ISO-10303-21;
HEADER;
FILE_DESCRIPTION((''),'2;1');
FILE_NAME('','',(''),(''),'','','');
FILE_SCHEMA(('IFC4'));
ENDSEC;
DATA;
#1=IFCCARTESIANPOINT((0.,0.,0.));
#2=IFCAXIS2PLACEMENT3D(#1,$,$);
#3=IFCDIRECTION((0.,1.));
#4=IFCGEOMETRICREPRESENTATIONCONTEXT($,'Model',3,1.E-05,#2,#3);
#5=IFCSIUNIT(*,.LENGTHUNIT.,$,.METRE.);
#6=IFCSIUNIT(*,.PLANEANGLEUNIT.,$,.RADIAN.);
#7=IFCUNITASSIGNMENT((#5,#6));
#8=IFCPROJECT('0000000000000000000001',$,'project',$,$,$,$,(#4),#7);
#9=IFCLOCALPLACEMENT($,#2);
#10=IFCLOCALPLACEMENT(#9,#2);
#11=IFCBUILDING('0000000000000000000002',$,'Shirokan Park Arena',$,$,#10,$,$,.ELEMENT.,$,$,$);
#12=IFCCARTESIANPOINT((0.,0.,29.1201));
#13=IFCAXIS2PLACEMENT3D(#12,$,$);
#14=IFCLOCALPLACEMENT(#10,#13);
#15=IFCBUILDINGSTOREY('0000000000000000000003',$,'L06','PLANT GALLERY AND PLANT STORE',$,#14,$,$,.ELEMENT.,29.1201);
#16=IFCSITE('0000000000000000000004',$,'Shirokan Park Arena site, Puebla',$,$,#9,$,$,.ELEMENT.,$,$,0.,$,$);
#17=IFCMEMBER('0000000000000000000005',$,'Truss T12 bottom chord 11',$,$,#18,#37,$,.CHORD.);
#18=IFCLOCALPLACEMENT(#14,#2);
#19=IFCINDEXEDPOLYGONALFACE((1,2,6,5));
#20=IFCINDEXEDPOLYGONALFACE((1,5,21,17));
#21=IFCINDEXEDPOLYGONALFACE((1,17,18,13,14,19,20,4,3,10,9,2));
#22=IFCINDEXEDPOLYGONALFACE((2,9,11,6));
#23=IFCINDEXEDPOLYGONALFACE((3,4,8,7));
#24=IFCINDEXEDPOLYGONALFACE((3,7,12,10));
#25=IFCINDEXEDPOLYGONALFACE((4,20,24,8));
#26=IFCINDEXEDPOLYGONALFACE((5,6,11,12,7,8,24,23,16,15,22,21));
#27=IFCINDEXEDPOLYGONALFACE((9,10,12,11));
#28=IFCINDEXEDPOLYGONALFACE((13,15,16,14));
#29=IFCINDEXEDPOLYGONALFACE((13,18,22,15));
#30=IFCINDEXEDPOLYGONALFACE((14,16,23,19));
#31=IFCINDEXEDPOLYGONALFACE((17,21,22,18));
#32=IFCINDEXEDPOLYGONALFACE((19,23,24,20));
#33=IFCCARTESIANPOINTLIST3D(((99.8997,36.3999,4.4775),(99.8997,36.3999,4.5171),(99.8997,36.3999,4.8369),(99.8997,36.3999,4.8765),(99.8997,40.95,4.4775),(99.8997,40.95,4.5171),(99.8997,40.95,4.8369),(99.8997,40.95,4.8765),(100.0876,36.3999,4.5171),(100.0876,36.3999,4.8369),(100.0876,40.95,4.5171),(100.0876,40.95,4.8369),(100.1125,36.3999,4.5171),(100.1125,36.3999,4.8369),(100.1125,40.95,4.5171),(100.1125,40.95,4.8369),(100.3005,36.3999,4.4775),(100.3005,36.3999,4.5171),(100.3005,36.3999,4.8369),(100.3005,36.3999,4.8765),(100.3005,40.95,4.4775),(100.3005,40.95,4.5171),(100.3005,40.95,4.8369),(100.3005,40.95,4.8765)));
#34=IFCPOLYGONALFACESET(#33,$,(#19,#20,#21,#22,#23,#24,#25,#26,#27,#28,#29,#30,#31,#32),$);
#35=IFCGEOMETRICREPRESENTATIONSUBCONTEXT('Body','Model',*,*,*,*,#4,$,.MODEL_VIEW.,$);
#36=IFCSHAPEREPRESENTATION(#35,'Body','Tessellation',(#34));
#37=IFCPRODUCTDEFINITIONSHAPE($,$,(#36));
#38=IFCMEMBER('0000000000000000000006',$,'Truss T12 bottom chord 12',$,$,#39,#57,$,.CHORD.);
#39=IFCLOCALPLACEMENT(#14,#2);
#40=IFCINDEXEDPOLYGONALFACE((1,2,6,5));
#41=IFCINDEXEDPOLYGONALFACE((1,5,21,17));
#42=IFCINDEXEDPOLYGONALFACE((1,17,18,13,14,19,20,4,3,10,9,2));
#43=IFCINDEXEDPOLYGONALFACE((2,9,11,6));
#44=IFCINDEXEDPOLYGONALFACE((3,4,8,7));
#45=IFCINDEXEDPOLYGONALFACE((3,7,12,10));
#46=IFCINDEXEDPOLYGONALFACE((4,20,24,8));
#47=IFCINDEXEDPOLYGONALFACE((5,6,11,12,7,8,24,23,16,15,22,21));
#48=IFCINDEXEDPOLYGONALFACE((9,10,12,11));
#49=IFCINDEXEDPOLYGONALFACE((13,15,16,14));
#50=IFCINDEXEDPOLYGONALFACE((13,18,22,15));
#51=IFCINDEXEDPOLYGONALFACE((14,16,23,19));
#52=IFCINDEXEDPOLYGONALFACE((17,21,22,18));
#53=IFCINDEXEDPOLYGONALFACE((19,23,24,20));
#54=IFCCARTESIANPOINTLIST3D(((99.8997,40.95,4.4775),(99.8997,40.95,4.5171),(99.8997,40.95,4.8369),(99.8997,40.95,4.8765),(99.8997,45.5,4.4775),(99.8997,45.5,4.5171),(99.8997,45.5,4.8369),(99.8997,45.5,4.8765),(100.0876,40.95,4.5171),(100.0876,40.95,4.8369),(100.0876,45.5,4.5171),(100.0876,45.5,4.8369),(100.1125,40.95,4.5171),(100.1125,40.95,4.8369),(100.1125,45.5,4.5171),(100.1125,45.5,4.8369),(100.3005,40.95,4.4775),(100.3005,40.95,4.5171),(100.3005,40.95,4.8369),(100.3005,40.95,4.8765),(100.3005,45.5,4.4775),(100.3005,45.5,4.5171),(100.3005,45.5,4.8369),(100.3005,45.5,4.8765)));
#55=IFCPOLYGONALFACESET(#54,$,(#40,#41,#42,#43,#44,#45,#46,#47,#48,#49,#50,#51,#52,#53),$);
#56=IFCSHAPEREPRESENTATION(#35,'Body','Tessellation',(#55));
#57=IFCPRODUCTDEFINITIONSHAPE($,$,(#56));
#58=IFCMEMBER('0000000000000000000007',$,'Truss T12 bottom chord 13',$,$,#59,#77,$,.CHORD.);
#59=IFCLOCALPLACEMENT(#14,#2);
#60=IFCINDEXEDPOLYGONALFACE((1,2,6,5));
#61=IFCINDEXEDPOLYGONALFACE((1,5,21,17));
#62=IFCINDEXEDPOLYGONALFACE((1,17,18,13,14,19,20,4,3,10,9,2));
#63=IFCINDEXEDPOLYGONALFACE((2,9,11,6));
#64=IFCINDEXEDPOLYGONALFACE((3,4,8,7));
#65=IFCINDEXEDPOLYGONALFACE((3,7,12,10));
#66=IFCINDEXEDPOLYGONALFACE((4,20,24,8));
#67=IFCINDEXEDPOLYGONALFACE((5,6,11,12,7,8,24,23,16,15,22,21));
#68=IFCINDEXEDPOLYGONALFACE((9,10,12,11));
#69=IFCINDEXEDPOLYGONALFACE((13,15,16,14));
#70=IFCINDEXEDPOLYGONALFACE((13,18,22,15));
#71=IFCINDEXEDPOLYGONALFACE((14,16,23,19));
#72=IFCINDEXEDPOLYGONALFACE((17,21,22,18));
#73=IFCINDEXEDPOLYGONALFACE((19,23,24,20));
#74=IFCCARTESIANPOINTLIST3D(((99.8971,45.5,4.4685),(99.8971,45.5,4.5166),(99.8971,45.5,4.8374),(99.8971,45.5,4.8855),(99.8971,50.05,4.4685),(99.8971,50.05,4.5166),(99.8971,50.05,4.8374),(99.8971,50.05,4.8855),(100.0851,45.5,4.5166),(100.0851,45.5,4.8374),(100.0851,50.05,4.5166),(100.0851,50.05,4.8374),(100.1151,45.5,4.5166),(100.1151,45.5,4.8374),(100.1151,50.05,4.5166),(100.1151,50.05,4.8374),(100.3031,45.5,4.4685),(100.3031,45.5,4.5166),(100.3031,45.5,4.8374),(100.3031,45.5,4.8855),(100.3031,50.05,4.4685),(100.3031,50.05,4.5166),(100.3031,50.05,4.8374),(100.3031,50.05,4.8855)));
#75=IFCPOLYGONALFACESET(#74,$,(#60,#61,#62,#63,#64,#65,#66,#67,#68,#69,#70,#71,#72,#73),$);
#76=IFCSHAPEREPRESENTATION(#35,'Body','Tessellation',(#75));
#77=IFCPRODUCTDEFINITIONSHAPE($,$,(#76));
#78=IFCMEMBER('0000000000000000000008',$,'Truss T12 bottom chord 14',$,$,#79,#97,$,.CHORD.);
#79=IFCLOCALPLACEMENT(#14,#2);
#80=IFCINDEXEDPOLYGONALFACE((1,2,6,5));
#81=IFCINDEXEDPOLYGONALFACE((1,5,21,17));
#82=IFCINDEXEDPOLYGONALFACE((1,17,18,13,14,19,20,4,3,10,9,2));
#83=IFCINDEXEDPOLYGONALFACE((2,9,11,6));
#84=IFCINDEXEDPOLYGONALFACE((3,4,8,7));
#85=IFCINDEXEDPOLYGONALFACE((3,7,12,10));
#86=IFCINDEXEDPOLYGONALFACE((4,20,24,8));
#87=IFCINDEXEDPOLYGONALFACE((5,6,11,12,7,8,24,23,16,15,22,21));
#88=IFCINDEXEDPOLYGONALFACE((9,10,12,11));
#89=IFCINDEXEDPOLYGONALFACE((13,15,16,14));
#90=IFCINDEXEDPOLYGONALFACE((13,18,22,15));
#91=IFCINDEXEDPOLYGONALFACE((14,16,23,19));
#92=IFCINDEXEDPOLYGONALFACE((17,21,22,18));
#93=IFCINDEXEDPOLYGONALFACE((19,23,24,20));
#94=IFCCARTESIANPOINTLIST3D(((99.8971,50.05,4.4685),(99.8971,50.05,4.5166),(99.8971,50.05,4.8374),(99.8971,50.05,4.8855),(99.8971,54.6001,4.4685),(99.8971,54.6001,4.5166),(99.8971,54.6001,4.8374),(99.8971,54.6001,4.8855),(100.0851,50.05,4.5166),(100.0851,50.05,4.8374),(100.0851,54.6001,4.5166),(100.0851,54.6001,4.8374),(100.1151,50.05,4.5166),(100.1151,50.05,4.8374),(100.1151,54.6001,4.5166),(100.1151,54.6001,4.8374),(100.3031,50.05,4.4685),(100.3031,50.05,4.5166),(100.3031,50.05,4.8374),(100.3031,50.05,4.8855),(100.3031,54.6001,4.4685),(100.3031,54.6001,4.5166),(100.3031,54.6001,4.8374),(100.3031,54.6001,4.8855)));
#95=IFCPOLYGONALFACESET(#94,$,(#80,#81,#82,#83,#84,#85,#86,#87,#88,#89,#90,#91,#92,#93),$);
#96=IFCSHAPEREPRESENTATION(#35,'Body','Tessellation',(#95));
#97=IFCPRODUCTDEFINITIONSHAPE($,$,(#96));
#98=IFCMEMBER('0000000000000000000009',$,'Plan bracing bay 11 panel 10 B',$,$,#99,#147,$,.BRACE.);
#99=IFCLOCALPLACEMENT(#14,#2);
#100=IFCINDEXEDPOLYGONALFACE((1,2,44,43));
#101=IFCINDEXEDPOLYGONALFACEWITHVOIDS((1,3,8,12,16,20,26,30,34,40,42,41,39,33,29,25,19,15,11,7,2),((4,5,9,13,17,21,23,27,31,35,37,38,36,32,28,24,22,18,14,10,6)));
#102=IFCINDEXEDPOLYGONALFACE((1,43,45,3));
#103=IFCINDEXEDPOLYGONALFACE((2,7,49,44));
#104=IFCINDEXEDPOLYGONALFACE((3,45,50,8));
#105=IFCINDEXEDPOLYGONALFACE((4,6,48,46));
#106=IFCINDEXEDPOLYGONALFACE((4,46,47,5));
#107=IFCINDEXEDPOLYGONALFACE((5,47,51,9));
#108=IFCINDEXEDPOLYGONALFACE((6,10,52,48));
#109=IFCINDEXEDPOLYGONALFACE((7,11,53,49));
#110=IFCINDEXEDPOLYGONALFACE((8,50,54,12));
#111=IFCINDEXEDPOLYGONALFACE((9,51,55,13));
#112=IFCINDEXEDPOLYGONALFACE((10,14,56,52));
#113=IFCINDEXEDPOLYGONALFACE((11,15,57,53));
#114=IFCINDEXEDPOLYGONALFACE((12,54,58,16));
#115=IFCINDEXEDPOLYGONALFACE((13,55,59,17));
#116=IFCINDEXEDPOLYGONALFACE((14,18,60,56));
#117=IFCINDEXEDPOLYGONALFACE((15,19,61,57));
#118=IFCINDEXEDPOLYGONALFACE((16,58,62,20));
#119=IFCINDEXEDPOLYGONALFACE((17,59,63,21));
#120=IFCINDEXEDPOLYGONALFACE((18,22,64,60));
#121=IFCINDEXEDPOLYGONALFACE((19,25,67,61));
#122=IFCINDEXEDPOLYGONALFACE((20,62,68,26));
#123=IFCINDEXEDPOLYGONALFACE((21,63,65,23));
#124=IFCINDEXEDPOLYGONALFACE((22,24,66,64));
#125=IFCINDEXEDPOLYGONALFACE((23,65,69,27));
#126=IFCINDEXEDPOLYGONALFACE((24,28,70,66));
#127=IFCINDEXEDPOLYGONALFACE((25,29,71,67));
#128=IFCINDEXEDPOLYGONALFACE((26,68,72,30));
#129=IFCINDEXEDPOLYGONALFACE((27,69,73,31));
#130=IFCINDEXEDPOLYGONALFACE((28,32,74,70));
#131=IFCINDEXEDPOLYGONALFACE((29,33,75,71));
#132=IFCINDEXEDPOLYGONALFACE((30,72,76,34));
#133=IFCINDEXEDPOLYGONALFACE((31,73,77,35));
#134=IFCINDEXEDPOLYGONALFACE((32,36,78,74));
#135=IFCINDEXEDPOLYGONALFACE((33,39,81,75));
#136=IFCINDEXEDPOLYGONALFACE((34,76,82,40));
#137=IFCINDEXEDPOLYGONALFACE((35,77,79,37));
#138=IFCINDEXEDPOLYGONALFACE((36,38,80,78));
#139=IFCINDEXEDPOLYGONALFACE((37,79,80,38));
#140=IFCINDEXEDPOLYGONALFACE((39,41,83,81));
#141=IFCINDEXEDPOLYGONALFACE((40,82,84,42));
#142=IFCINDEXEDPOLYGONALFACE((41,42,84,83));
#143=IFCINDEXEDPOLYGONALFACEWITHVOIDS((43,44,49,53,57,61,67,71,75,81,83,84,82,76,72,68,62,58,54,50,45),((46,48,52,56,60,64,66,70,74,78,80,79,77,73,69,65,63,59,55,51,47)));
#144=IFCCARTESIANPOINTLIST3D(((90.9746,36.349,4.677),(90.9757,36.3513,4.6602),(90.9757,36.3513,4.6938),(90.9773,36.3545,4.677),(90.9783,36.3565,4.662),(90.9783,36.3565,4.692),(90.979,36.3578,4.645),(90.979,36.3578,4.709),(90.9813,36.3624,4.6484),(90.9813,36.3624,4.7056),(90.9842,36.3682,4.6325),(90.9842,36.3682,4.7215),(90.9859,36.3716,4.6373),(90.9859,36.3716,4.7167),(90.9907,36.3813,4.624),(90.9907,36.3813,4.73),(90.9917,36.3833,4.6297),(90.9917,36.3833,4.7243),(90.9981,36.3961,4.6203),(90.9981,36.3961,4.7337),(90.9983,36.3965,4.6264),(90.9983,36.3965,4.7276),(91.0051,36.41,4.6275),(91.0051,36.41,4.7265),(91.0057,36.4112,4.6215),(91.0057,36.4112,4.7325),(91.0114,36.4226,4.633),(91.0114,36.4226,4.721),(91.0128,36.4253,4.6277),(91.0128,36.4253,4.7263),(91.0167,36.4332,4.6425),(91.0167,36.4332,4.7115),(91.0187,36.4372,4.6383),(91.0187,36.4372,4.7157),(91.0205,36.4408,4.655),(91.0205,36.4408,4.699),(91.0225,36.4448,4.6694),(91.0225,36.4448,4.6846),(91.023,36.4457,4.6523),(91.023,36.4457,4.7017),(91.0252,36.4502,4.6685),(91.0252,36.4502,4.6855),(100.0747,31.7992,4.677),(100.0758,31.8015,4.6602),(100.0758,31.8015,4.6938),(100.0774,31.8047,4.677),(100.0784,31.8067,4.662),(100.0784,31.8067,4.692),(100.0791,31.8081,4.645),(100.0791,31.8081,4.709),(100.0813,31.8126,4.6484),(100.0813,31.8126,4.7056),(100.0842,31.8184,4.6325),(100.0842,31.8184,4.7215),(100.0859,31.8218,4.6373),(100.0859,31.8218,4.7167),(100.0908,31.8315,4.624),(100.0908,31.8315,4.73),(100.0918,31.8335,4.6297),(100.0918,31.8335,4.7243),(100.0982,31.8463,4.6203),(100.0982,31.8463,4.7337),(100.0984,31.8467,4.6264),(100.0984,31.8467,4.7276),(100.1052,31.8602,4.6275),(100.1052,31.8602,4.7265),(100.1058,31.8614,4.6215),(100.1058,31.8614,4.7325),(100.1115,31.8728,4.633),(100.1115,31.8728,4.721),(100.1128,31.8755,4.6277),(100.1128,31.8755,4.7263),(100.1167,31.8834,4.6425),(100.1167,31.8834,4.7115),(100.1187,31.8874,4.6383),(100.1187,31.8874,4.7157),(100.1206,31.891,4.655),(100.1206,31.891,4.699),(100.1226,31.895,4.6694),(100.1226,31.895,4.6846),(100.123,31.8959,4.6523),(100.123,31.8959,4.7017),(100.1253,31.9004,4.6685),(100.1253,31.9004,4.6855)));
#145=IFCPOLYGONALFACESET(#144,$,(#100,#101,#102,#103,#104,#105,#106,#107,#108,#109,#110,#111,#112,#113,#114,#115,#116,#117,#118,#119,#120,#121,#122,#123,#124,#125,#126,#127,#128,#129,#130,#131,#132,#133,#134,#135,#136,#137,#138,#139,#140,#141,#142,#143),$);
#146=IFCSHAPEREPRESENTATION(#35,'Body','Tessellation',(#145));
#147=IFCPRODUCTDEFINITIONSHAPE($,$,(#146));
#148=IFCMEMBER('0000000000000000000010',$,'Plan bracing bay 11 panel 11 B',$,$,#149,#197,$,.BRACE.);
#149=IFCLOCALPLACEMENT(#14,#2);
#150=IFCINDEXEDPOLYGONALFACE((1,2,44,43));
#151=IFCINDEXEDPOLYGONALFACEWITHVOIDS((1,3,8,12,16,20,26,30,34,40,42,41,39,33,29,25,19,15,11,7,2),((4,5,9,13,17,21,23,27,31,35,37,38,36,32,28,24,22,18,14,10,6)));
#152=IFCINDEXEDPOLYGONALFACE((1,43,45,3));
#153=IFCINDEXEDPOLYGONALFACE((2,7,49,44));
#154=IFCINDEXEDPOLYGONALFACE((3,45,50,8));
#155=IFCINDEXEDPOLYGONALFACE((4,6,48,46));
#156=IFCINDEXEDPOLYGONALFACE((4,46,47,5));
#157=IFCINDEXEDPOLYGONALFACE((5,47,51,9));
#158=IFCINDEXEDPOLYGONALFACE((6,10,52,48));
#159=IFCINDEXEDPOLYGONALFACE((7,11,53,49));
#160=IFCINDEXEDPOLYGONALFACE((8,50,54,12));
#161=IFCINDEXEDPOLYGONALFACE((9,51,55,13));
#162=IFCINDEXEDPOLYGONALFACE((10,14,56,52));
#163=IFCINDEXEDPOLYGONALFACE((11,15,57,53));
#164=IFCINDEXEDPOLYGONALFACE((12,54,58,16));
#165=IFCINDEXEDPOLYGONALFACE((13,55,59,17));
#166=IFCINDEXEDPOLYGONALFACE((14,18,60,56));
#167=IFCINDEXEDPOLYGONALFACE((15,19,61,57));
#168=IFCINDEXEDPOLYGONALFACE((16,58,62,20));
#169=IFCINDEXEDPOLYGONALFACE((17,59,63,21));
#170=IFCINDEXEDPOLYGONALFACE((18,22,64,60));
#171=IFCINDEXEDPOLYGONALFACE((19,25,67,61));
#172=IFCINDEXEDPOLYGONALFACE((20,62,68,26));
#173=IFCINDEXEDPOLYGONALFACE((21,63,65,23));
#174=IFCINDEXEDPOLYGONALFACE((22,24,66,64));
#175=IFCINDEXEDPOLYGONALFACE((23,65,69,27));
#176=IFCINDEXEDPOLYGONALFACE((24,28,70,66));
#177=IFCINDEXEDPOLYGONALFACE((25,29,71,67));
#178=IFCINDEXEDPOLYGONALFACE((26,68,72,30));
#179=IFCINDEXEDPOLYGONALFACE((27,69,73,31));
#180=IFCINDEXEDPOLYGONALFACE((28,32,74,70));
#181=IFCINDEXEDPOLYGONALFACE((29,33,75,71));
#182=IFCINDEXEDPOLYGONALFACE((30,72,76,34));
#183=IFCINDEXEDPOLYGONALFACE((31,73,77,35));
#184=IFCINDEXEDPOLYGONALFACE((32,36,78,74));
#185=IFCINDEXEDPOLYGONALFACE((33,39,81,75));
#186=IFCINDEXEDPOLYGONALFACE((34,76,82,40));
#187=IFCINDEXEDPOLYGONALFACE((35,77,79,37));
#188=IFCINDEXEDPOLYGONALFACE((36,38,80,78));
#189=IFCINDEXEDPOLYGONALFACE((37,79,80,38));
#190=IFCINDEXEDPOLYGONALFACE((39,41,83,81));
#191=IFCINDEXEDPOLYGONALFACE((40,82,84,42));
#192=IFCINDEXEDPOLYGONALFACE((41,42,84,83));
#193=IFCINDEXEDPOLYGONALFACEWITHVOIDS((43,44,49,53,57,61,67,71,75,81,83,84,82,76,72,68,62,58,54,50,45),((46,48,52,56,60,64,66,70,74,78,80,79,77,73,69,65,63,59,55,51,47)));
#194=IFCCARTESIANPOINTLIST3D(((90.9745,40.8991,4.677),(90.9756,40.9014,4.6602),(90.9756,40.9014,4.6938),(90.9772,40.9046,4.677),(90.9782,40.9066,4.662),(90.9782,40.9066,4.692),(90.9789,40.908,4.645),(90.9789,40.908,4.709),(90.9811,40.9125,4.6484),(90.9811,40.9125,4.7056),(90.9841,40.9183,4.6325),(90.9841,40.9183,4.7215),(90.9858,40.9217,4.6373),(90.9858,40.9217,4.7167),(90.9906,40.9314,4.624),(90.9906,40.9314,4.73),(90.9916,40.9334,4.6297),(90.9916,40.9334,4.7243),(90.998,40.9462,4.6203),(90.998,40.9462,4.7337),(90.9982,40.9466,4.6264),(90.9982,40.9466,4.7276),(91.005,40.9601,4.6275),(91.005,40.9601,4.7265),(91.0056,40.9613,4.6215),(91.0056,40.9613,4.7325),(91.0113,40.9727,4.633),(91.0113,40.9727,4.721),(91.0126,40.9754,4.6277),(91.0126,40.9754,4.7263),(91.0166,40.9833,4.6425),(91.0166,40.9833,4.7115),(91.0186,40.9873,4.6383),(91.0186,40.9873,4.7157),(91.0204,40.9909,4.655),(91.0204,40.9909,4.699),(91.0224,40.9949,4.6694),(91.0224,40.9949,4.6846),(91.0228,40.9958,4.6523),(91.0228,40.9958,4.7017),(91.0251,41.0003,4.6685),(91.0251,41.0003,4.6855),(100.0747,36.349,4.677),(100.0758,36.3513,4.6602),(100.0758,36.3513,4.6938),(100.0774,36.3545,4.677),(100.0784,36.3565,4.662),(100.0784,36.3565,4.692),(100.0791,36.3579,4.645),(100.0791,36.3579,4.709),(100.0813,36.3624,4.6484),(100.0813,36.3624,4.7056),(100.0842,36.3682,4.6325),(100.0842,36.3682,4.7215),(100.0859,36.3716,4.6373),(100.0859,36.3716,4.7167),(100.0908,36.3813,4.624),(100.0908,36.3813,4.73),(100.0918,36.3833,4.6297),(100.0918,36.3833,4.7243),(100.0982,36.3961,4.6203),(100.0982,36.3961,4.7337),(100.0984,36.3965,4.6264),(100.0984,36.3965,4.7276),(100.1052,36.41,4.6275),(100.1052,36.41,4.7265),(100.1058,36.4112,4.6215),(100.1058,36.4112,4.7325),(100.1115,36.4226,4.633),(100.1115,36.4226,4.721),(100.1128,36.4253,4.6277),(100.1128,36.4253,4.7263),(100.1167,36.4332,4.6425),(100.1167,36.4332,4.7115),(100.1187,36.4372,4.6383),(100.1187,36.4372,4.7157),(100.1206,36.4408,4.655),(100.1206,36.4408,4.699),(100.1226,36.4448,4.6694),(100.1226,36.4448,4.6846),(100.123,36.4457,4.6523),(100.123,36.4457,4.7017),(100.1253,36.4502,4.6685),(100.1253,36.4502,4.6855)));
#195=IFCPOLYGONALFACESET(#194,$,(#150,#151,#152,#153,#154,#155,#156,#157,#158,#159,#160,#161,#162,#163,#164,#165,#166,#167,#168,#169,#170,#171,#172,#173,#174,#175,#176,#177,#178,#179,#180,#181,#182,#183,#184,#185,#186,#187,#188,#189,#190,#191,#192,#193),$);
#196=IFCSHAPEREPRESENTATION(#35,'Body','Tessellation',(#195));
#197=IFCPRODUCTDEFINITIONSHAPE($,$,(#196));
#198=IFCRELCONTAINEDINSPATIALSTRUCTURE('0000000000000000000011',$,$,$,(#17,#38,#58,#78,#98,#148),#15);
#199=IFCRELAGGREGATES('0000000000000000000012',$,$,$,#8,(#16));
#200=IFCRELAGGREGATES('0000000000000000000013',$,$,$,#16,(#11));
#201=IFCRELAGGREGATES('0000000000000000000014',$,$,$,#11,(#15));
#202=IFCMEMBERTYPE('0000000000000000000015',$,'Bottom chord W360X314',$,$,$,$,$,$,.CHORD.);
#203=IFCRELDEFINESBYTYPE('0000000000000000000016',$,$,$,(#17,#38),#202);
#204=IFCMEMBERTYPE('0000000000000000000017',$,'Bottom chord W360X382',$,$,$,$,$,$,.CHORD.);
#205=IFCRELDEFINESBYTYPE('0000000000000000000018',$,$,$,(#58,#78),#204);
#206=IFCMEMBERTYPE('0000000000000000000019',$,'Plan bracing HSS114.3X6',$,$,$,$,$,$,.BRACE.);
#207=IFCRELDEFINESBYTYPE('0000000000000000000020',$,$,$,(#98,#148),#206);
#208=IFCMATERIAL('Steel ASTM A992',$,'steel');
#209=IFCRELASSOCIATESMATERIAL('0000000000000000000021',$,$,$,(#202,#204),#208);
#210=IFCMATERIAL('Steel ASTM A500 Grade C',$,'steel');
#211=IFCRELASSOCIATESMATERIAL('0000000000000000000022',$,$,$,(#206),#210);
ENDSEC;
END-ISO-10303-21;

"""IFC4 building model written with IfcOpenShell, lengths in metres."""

from ifc_helpers import new_model, si_unit, direction, frame, origin, origin_2d, place, context, subcontext, project, spatial, hollow_circle, i_section, extrude, material, material_profile, profile_set, type_object, element, save


model = new_model("IFC4")

# Units and contexts
model_context = context("Model", 3, precision=1e-05, world=origin(), true_north=direction((0.0, 1.0)))
body_context = subcontext(model_context, "Body", "Model", "MODEL_VIEW")
ifc_project = project(units=[si_unit("LENGTHUNIT", "METRE"), si_unit("PLANEANGLEUNIT", "RADIAN")], contexts=[model_context])

# Site, building, storey
site_placement = place(None, origin())
site = spatial("IfcSite", under=ifc_project, at=site_placement, Name="Shirokan Park Arena site, Puebla", CompositionType="ELEMENT", RefElevation=0.0)
building_placement = place(site_placement, origin())
building = spatial("IfcBuilding", under=site, at=building_placement, Name="Shirokan Park Arena", CompositionType="ELEMENT")
storey_placement = place(building_placement, frame((0.0, 0.0, 29.1201)))
storey = spatial("IfcBuildingStorey", under=building, at=storey_placement, Name="L06", Description="PLANT GALLERY AND PLANT STORE", CompositionType="ELEMENT", Elevation=29.1201)

# Members
ifc_material_1 = material(Name="Steel ASTM A992", Category="steel")
ifc_material_profile_1 = material_profile(ifc_material_1, i_section(OverallWidth=0.4009, OverallDepth=0.3989, WebThickness=0.0249, FlangeThickness=0.0396, at=origin_2d()), Name="W360X314")
ifc_profile_set_1 = profile_set([ifc_material_profile_1], Name="Steel ASTM A992")
member_type_1 = type_object("IfcMemberType", Name="Bottom chord W360X314", PredefinedType="CHORD", material=ifc_profile_set_1)
for number, where, z_axis, x_axis, name in (
    (1, (100.1001, 36.3999, 4.677), (0.0, 1.0, 0.0), (-1.0, 0.0, 0.0), "Truss T12 bottom chord 11"),
    (2, (100.1001, 40.95, 4.677), (0.0, 1.0, 0.0), (-1.0, 0.0, 0.0), "Truss T12 bottom chord 12"),
):
    element("IfcMember", number, at=place(storey_placement, frame(where, z_axis=z_axis, x_axis=x_axis)), inside=storey, type_object=member_type_1, Name=name, PredefinedType="CHORD", context=body_context, shape_type="SweptSolid", body=[
        extrude(i_section(OverallWidth=0.4009, OverallDepth=0.3989, WebThickness=0.0249, FlangeThickness=0.0396, at=origin_2d()), origin(), (0.0, 0.0, 1.0), 4.55),
    ])
ifc_material_profile_2 = material_profile(ifc_material_1, i_section(OverallWidth=0.406, OverallDepth=0.417, WebThickness=0.03, FlangeThickness=0.0481, at=origin_2d()), Name="W360X382")
ifc_profile_set_2 = profile_set([ifc_material_profile_2], Name="Steel ASTM A992")
member_type_2 = type_object("IfcMemberType", Name="Bottom chord W360X382", PredefinedType="CHORD", material=ifc_profile_set_2)
for number, where, z_axis, x_axis, name in (
    (3, (100.1001, 45.5, 4.677), (0.0, 1.0, 0.0), (-1.0, 0.0, 0.0), "Truss T12 bottom chord 13"),
    (4, (100.1001, 50.05, 4.677), (0.0, 1.0, 0.0), (-1.0, 0.0, 0.0), "Truss T12 bottom chord 14"),
):
    element("IfcMember", number, at=place(storey_placement, frame(where, z_axis=z_axis, x_axis=x_axis)), inside=storey, type_object=member_type_2, Name=name, PredefinedType="CHORD", context=body_context, shape_type="SweptSolid", body=[
        extrude(i_section(OverallWidth=0.406, OverallDepth=0.417, WebThickness=0.03, FlangeThickness=0.0481, at=origin_2d()), origin(), (0.0, 0.0, 1.0), 4.55),
    ])
ifc_material_2 = material(Name="Steel ASTM A500 Grade C", Category="steel")
ifc_material_profile_3 = material_profile(ifc_material_2, hollow_circle(Radius=0.0569, WallThickness=0.0061, at=origin_2d()), Name="HSS114.3X6")
ifc_profile_set_3 = profile_set([ifc_material_profile_3], Name="Steel ASTM A500 Grade C")
member_type_3 = type_object("IfcMemberType", Name="Plan bracing HSS114.3X6", PredefinedType="BRACE", material=ifc_profile_set_3)
member_1_placement = place(storey_placement, frame((100.1001, 31.8501, 4.677), z_axis=(-0.894437, 0.447194, 0.0), x_axis=(-0.447194, -0.894437, 0.0)))
element("IfcMember", 5, at=member_1_placement, inside=storey, type_object=member_type_3, Name="Plan bracing bay 11 panel 10 B", PredefinedType="BRACE", context=body_context, shape_type="SweptSolid", body=[
    extrude(hollow_circle(Radius=0.0569, WallThickness=0.0061, at=origin_2d()), origin(), (0.0, 0.0, 1.0), 10.1741),
])
for number, where, z_axis, x_axis, name in (
    (6, (100.1001, 36.3999, 4.677), (-0.894427, 0.447214, 0.0), (-0.447214, -0.894427, 0.0), "Plan bracing bay 11 panel 11 B"),
):
    element("IfcMember", number, at=place(storey_placement, frame(where, z_axis=z_axis, x_axis=x_axis)), inside=storey, type_object=member_type_3, Name=name, PredefinedType="BRACE", context=body_context, shape_type="SweptSolid", body=[
        extrude(hollow_circle(Radius=0.0569, WallThickness=0.0061, at=origin_2d()), origin(), (0.0, 0.0, 1.0), 10.1743),
    ])

save(model, "model.ifc")
